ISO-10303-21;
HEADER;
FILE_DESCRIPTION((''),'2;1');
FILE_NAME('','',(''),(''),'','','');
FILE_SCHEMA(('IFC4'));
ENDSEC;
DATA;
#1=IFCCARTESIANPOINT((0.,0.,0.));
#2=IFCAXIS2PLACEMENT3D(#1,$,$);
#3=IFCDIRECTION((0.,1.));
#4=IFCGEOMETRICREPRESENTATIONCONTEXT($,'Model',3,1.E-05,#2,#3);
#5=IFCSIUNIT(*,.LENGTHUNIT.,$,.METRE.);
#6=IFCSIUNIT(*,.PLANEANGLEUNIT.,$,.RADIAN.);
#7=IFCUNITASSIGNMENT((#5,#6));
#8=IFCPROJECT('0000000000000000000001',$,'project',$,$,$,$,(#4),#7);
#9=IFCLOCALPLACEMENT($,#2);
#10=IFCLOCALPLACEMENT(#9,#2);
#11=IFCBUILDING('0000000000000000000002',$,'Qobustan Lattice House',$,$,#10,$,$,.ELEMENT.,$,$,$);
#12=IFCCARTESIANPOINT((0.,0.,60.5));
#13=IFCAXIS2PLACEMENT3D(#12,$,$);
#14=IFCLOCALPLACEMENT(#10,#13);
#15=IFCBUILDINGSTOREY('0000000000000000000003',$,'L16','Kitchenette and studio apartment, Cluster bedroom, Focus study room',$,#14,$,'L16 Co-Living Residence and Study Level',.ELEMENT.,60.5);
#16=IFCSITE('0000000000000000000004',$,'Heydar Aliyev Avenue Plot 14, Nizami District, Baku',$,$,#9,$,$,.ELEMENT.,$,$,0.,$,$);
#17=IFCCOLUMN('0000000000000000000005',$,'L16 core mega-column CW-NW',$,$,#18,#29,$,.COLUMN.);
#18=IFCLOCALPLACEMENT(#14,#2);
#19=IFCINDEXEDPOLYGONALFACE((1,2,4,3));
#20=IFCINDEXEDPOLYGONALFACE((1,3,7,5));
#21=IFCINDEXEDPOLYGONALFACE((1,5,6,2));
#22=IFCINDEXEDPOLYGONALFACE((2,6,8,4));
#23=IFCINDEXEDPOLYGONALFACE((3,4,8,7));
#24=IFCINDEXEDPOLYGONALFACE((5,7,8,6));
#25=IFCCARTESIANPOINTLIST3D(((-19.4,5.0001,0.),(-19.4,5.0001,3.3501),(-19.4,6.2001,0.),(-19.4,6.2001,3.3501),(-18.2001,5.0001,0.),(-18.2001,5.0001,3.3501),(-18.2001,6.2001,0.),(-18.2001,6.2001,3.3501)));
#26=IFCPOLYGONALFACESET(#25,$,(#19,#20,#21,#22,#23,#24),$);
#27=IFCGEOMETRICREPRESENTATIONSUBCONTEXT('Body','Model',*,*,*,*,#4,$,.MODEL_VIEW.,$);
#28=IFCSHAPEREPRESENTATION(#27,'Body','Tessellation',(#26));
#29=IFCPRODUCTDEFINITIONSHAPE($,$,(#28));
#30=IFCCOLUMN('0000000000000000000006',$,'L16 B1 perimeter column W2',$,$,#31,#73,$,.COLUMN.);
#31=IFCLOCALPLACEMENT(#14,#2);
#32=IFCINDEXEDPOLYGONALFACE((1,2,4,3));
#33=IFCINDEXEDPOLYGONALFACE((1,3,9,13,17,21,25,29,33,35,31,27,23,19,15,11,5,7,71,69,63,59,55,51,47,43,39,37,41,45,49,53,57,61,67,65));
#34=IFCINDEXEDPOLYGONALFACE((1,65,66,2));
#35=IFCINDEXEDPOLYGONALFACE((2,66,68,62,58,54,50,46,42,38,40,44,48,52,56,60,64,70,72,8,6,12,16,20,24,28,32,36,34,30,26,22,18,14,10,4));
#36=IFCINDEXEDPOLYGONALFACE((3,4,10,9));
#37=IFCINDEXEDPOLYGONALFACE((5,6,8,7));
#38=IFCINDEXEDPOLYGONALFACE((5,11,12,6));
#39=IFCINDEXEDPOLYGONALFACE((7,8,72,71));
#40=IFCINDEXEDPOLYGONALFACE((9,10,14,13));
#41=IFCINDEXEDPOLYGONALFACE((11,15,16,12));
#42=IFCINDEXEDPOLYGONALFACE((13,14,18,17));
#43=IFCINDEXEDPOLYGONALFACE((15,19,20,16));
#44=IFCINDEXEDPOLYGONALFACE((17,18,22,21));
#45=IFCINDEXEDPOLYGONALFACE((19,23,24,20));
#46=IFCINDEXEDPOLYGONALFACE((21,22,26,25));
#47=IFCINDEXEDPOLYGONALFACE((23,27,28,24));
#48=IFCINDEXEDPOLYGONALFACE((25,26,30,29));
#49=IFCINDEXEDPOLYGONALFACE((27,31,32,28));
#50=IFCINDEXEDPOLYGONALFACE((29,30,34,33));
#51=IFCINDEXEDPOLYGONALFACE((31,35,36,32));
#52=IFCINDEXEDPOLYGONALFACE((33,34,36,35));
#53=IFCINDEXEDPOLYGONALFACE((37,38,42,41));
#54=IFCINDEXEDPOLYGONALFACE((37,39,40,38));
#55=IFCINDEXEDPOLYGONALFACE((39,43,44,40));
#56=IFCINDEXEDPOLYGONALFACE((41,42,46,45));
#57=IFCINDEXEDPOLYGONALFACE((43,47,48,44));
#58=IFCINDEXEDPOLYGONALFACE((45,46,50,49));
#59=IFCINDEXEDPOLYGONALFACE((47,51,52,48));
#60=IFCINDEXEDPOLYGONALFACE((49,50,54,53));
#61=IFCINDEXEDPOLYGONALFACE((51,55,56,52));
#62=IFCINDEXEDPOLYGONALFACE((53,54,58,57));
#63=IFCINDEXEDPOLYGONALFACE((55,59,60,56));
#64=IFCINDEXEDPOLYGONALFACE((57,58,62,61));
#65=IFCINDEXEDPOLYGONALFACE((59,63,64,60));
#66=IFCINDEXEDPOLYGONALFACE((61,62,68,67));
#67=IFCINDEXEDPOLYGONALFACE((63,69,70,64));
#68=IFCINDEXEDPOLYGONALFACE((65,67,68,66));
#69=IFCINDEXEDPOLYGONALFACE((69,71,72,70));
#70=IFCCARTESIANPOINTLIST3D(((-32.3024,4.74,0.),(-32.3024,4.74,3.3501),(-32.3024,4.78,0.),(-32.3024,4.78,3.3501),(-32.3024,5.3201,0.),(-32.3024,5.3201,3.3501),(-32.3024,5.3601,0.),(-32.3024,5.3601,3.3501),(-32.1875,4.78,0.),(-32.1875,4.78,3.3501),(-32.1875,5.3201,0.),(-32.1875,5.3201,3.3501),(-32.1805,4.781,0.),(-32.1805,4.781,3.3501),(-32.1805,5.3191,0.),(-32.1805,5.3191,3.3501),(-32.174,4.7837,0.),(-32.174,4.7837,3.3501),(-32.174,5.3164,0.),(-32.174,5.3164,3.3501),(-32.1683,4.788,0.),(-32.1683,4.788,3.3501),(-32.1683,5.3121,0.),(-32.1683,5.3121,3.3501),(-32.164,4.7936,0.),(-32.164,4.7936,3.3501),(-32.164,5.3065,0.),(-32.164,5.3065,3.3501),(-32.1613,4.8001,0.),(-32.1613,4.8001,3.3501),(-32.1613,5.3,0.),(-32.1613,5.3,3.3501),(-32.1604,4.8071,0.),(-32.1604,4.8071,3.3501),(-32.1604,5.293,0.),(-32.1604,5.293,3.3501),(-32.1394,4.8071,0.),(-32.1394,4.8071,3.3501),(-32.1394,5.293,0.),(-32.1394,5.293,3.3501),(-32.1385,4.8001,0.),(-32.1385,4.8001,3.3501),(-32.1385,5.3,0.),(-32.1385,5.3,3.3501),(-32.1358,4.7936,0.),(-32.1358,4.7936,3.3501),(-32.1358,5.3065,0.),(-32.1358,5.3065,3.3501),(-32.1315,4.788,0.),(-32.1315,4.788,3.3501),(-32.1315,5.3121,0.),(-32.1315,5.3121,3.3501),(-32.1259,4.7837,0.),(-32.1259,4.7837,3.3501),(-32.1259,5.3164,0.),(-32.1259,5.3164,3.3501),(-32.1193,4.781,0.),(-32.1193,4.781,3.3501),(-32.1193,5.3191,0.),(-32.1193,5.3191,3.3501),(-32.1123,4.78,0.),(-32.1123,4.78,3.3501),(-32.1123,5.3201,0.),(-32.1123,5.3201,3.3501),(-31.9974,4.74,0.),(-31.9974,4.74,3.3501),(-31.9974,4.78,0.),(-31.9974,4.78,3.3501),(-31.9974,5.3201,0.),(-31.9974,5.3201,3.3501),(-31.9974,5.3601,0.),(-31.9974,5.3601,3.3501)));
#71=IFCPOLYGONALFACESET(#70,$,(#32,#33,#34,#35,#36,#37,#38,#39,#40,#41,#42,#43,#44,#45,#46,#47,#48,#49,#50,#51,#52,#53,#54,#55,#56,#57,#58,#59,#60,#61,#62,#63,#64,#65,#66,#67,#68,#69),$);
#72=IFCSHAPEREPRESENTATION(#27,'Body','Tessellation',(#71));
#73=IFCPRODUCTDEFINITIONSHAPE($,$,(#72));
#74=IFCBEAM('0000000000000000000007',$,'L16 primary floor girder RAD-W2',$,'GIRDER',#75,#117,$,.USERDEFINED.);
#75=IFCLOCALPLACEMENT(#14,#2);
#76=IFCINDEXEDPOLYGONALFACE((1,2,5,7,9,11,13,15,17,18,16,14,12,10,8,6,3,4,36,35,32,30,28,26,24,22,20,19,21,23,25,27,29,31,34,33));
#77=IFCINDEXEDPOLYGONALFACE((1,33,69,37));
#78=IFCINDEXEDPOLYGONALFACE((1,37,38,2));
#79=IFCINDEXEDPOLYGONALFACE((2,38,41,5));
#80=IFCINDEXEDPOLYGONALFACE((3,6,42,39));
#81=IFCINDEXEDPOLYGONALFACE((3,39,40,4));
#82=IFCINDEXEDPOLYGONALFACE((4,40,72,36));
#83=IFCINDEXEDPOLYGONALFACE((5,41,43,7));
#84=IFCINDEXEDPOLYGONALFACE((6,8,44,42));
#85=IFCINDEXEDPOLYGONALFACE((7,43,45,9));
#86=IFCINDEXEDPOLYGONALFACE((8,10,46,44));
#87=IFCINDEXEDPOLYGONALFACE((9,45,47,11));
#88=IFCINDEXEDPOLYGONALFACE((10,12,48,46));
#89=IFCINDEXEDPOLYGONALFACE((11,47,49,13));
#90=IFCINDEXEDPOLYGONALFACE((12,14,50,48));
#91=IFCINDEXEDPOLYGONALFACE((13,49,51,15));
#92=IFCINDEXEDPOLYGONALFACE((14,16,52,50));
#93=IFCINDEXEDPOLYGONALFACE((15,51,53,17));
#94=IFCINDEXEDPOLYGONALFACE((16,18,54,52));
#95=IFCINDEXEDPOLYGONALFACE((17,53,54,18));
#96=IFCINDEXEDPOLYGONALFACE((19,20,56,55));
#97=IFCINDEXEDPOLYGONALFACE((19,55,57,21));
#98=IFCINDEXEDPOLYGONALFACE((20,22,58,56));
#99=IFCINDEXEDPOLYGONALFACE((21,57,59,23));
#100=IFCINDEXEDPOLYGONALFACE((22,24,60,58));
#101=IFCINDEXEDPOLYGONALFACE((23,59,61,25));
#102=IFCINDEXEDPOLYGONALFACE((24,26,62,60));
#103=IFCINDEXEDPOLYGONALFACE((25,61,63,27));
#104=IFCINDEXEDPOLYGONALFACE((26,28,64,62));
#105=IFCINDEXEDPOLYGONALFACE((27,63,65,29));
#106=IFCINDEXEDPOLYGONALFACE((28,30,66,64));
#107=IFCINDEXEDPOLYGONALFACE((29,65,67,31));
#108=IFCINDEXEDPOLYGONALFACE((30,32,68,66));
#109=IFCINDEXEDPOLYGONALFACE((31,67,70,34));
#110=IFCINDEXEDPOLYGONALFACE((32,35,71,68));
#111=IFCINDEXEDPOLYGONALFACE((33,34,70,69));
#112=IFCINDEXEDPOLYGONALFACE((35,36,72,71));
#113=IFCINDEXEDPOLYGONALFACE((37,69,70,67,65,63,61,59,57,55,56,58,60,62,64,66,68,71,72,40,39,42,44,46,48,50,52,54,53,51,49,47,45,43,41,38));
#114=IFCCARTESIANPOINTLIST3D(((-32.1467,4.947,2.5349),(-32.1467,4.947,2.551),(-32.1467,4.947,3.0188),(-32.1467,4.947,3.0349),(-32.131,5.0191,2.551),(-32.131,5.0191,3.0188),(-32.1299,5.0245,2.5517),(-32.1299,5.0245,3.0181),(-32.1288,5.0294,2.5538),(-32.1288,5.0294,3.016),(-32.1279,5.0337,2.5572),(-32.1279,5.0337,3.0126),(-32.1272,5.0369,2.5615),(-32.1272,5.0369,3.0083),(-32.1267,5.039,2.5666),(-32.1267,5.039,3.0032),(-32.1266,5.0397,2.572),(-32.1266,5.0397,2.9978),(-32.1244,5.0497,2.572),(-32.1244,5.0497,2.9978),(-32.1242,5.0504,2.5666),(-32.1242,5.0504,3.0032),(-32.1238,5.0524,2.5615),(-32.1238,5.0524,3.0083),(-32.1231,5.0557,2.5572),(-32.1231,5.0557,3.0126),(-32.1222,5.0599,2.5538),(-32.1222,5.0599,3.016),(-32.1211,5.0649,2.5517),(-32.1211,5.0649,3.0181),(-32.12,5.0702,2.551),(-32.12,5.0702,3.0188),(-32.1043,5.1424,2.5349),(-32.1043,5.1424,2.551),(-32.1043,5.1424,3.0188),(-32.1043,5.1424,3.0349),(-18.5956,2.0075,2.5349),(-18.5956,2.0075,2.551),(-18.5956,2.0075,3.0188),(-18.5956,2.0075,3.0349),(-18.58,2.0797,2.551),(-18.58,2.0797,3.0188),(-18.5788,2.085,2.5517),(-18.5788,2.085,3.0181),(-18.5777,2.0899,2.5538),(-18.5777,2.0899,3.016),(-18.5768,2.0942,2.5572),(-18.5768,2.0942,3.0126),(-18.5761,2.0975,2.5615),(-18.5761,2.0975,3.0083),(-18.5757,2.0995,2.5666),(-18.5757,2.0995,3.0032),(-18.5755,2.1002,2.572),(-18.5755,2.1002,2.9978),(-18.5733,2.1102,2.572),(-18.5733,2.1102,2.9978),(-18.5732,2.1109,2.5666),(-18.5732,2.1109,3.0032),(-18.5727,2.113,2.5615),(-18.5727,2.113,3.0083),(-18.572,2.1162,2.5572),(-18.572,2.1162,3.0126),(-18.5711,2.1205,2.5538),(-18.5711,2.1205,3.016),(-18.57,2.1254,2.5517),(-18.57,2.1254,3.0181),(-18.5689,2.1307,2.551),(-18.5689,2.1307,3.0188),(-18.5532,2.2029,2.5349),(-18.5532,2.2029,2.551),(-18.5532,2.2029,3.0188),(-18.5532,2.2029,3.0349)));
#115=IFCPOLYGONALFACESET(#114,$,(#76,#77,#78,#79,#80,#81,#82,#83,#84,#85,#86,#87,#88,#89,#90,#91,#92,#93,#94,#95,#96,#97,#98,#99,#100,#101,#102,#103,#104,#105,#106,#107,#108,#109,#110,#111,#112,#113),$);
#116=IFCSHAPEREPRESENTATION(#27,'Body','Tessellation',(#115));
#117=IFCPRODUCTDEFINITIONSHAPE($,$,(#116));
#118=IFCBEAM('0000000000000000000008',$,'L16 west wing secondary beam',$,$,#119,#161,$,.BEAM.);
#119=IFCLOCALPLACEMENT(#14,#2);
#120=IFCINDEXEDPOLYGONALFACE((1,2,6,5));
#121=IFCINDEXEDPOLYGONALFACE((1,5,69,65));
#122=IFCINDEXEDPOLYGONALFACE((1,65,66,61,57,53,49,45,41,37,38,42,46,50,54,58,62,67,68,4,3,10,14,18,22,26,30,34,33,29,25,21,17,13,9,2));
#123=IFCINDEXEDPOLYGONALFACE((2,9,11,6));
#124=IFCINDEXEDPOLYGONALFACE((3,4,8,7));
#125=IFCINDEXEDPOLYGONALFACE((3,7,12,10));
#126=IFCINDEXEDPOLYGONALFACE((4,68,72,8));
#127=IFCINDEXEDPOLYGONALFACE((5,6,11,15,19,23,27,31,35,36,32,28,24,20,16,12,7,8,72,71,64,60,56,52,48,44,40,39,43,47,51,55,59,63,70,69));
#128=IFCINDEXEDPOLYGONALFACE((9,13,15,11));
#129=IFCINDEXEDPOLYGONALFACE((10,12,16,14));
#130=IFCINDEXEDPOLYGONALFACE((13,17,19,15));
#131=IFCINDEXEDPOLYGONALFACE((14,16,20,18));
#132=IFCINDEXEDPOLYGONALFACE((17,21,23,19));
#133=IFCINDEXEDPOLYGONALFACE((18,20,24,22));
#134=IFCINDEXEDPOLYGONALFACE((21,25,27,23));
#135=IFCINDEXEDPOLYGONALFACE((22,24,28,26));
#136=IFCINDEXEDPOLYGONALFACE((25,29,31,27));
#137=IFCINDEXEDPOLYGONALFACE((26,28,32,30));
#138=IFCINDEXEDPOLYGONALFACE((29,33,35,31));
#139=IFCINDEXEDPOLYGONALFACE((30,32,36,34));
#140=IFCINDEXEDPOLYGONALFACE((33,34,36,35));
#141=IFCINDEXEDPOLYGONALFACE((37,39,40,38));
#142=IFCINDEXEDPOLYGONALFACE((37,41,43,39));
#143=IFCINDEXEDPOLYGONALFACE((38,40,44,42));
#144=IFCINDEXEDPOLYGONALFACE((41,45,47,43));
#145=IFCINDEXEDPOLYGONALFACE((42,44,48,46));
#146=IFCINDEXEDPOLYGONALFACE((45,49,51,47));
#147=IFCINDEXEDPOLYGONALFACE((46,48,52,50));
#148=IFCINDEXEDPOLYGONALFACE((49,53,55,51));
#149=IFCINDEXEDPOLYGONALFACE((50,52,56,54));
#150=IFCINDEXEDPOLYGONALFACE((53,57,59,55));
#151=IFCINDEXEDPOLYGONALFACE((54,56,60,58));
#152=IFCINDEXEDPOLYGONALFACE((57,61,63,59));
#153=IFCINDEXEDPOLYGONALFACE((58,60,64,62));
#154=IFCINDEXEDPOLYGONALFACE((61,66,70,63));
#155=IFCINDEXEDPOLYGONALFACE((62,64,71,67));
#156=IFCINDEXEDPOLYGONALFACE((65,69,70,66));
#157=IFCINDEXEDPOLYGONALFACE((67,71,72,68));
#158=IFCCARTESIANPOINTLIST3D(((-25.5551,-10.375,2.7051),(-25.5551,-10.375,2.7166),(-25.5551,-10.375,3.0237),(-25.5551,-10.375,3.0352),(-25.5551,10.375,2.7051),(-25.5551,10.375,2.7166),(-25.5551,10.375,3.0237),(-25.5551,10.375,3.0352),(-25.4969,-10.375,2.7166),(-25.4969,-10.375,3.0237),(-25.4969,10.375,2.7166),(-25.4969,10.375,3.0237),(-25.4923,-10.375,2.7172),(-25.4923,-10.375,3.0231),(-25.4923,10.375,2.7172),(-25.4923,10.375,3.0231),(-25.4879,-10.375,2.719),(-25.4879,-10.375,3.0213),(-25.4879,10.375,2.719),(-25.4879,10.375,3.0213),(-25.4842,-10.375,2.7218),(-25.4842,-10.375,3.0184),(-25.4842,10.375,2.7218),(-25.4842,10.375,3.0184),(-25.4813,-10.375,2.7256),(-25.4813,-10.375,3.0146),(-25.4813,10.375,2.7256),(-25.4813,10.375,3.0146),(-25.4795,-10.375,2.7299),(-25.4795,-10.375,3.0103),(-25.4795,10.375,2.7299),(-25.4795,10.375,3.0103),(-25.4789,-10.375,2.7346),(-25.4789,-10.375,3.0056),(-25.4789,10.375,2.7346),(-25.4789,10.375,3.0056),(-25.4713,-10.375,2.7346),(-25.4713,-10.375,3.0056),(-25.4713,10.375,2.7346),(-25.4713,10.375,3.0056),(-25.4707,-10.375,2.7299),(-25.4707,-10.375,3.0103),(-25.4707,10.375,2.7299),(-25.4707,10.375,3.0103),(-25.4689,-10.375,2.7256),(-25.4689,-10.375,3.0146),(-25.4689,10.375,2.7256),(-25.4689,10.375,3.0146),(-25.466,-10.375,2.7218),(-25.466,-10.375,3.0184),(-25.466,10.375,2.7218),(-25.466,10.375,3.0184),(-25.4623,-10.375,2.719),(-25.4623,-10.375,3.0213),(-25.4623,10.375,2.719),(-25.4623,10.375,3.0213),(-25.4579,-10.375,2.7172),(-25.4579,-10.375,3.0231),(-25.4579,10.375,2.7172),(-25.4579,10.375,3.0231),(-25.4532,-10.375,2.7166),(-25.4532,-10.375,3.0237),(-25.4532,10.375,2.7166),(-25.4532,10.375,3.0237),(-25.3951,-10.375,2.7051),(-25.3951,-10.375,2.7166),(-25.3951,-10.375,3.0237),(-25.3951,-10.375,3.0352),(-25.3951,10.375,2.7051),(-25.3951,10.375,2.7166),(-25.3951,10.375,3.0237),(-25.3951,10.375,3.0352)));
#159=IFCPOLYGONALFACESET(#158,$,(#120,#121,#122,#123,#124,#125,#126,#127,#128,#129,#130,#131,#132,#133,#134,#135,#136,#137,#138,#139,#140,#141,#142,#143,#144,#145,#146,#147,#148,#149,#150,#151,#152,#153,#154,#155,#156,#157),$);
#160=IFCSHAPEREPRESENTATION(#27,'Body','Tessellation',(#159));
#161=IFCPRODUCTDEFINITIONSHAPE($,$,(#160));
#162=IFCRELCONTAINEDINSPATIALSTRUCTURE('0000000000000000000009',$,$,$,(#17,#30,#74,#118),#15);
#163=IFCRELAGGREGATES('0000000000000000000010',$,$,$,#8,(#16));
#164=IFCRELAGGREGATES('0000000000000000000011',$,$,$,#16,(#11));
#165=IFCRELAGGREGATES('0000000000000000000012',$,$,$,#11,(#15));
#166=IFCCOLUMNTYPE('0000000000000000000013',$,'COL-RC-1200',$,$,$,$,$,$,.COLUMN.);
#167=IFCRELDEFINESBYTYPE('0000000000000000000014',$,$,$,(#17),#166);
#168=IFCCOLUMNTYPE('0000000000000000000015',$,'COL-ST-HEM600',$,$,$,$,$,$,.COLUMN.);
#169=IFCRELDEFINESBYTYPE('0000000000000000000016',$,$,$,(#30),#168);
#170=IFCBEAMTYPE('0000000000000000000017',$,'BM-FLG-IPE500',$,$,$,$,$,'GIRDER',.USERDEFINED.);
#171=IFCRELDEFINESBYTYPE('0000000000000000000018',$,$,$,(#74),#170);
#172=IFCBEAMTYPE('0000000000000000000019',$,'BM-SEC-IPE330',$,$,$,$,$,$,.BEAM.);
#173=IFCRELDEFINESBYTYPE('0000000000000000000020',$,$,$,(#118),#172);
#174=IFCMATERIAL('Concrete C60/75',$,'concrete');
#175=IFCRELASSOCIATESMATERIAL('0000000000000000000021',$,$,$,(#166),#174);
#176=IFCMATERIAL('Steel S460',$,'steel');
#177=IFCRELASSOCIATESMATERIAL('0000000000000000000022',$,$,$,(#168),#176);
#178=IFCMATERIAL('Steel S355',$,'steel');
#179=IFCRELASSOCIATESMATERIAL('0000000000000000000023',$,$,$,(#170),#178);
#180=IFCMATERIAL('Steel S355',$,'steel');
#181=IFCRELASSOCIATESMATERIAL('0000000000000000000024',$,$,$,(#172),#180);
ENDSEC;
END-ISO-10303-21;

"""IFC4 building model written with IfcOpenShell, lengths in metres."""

from ifc_helpers import new_model, si_unit, direction, frame, origin, origin_2d, place, context, subcontext, project, spatial, rectangle, i_section, extrude, material, material_profile, profile_set, type_object, element, save


model = new_model("IFC4")

# Units and contexts
model_context = context("Model", 3, precision=1e-05, world=origin(), true_north=direction((0.0, 1.0)))
body_context = subcontext(model_context, "Body", "Model", "MODEL_VIEW")
ifc_project = project(units=[si_unit("LENGTHUNIT", "METRE"), si_unit("PLANEANGLEUNIT", "RADIAN")], contexts=[model_context])

# Site, building, storey
site_placement = place(None, origin())
site = spatial("IfcSite", under=ifc_project, at=site_placement, Name="Heydar Aliyev Avenue Plot 14, Nizami District, Baku", CompositionType="ELEMENT", RefElevation=0.0)
building_placement = place(site_placement, origin())
building = spatial("IfcBuilding", under=site, at=building_placement, Name="Qobustan Lattice House", CompositionType="ELEMENT")
storey_placement = place(building_placement, frame((0.0, 0.0, 60.5)))
storey = spatial("IfcBuildingStorey", under=building, at=storey_placement, Name="L16", Description="Kitchenette and studio apartment, Cluster bedroom, Focus study room", LongName="L16 Co-Living Residence and Study Level", CompositionType="ELEMENT", Elevation=60.5)

# Columns
ifc_material_1 = material(Name="Concrete C60/75", Category="concrete")
ifc_material_profile_1 = material_profile(ifc_material_1, rectangle(XDim=1.2, YDim=1.2, at=origin_2d()), Name="RC1200x1200")
ifc_profile_set_1 = profile_set([ifc_material_profile_1], Name="Concrete C60/75")
column_type_1 = type_object("IfcColumnType", Name="COL-RC-1200", PredefinedType="COLUMN", material=ifc_profile_set_1)
column_1_placement = place(storey_placement, frame((-18.8, 5.6001, 0.0), z_axis=(0.0, 0.0, 1.0), x_axis=(1.0, 0.0, 0.0)))
element("IfcColumn", 1, at=column_1_placement, inside=storey, type_object=column_type_1, Name="L16 core mega-column CW-NW", PredefinedType="COLUMN", context=body_context, shape_type="SweptSolid", body=[
    extrude(rectangle(XDim=1.2, YDim=1.2, at=origin_2d()), origin(), (0.0, 0.0, 1.0), 3.3501),
])
ifc_material_2 = material(Name="Steel S460", Category="steel")
ifc_material_profile_2 = material_profile(ifc_material_2, i_section(OverallWidth=0.3049, OverallDepth=0.6201, WebThickness=0.021, FlangeThickness=0.04, FilletRadius=0.0271, at=origin_2d()), Name="HEM600")
ifc_profile_set_2 = profile_set([ifc_material_profile_2], Name="Steel S460")
column_type_2 = type_object("IfcColumnType", Name="COL-ST-HEM600", PredefinedType="COLUMN", material=ifc_profile_set_2)
column_2_placement = place(storey_placement, frame((-32.1499, 5.05, 0.0), z_axis=(0.0, 0.0, 1.0), x_axis=(1.0, 0.0, 0.0)))
element("IfcColumn", 2, at=column_2_placement, inside=storey, type_object=column_type_2, Name="L16 B1 perimeter column W2", PredefinedType="COLUMN", context=body_context, shape_type="SweptSolid", body=[
    extrude(i_section(OverallWidth=0.3049, OverallDepth=0.6201, WebThickness=0.021, FlangeThickness=0.04, FilletRadius=0.0271, at=origin_2d()), origin(), (0.0, 0.0, 1.0), 3.3501),
])

# Beams
ifc_material_3 = material(Name="Steel S355", Category="steel")
ifc_material_profile_3 = material_profile(ifc_material_3, i_section(OverallWidth=0.2, OverallDepth=0.5, WebThickness=0.0103, FlangeThickness=0.0161, FilletRadius=0.021, at=origin_2d()), Name="IPE500")
ifc_profile_set_3 = profile_set([ifc_material_profile_3], Name="Steel S355")
beam_type_1 = type_object("IfcBeamType", Name="BM-FLG-IPE500", ElementType="GIRDER", PredefinedType="USERDEFINED", material=ifc_profile_set_3)
beam_1_placement = place(storey_placement, frame((-32.1255, 5.0447, 2.7849), z_axis=(0.977272, -0.211987, 0.0), x_axis=(0.211987, 0.977272, 0.0)))
element("IfcBeam", 3, at=beam_1_placement, inside=storey, type_object=beam_type_1, Name="L16 primary floor girder RAD-W2", ObjectType="GIRDER", PredefinedType="USERDEFINED", context=body_context, shape_type="SweptSolid", body=[
    extrude(i_section(OverallWidth=0.2, OverallDepth=0.5, WebThickness=0.0103, FlangeThickness=0.0161, FilletRadius=0.021, at=origin_2d()), origin(), (0.0, 0.0, 1.0), 13.8662),
])
ifc_material_4 = material(Name="Steel S355", Category="steel")
ifc_material_profile_4 = material_profile(ifc_material_4, i_section(OverallWidth=0.1599, OverallDepth=0.3301, WebThickness=0.0076, FlangeThickness=0.0115, FilletRadius=0.0181, at=origin_2d()), Name="IPE330")
ifc_profile_set_4 = profile_set([ifc_material_profile_4], Name="Steel S355")
beam_type_2 = type_object("IfcBeamType", Name="BM-SEC-IPE330", PredefinedType="BEAM", material=ifc_profile_set_4)
beam_2_placement = place(storey_placement, frame((-25.4751, 10.375, 2.8701), z_axis=(0.0, -1.0, 0.0), x_axis=(1.0, 0.0, 0.0)))
element("IfcBeam", 4, at=beam_2_placement, inside=storey, type_object=beam_type_2, Name="L16 west wing secondary beam", PredefinedType="BEAM", context=body_context, shape_type="SweptSolid", body=[
    extrude(i_section(OverallWidth=0.1599, OverallDepth=0.3301, WebThickness=0.0076, FlangeThickness=0.0115, FilletRadius=0.0181, at=origin_2d()), origin(), (0.0, 0.0, 1.0), 20.75),
])

save(model, "model.ifc")
